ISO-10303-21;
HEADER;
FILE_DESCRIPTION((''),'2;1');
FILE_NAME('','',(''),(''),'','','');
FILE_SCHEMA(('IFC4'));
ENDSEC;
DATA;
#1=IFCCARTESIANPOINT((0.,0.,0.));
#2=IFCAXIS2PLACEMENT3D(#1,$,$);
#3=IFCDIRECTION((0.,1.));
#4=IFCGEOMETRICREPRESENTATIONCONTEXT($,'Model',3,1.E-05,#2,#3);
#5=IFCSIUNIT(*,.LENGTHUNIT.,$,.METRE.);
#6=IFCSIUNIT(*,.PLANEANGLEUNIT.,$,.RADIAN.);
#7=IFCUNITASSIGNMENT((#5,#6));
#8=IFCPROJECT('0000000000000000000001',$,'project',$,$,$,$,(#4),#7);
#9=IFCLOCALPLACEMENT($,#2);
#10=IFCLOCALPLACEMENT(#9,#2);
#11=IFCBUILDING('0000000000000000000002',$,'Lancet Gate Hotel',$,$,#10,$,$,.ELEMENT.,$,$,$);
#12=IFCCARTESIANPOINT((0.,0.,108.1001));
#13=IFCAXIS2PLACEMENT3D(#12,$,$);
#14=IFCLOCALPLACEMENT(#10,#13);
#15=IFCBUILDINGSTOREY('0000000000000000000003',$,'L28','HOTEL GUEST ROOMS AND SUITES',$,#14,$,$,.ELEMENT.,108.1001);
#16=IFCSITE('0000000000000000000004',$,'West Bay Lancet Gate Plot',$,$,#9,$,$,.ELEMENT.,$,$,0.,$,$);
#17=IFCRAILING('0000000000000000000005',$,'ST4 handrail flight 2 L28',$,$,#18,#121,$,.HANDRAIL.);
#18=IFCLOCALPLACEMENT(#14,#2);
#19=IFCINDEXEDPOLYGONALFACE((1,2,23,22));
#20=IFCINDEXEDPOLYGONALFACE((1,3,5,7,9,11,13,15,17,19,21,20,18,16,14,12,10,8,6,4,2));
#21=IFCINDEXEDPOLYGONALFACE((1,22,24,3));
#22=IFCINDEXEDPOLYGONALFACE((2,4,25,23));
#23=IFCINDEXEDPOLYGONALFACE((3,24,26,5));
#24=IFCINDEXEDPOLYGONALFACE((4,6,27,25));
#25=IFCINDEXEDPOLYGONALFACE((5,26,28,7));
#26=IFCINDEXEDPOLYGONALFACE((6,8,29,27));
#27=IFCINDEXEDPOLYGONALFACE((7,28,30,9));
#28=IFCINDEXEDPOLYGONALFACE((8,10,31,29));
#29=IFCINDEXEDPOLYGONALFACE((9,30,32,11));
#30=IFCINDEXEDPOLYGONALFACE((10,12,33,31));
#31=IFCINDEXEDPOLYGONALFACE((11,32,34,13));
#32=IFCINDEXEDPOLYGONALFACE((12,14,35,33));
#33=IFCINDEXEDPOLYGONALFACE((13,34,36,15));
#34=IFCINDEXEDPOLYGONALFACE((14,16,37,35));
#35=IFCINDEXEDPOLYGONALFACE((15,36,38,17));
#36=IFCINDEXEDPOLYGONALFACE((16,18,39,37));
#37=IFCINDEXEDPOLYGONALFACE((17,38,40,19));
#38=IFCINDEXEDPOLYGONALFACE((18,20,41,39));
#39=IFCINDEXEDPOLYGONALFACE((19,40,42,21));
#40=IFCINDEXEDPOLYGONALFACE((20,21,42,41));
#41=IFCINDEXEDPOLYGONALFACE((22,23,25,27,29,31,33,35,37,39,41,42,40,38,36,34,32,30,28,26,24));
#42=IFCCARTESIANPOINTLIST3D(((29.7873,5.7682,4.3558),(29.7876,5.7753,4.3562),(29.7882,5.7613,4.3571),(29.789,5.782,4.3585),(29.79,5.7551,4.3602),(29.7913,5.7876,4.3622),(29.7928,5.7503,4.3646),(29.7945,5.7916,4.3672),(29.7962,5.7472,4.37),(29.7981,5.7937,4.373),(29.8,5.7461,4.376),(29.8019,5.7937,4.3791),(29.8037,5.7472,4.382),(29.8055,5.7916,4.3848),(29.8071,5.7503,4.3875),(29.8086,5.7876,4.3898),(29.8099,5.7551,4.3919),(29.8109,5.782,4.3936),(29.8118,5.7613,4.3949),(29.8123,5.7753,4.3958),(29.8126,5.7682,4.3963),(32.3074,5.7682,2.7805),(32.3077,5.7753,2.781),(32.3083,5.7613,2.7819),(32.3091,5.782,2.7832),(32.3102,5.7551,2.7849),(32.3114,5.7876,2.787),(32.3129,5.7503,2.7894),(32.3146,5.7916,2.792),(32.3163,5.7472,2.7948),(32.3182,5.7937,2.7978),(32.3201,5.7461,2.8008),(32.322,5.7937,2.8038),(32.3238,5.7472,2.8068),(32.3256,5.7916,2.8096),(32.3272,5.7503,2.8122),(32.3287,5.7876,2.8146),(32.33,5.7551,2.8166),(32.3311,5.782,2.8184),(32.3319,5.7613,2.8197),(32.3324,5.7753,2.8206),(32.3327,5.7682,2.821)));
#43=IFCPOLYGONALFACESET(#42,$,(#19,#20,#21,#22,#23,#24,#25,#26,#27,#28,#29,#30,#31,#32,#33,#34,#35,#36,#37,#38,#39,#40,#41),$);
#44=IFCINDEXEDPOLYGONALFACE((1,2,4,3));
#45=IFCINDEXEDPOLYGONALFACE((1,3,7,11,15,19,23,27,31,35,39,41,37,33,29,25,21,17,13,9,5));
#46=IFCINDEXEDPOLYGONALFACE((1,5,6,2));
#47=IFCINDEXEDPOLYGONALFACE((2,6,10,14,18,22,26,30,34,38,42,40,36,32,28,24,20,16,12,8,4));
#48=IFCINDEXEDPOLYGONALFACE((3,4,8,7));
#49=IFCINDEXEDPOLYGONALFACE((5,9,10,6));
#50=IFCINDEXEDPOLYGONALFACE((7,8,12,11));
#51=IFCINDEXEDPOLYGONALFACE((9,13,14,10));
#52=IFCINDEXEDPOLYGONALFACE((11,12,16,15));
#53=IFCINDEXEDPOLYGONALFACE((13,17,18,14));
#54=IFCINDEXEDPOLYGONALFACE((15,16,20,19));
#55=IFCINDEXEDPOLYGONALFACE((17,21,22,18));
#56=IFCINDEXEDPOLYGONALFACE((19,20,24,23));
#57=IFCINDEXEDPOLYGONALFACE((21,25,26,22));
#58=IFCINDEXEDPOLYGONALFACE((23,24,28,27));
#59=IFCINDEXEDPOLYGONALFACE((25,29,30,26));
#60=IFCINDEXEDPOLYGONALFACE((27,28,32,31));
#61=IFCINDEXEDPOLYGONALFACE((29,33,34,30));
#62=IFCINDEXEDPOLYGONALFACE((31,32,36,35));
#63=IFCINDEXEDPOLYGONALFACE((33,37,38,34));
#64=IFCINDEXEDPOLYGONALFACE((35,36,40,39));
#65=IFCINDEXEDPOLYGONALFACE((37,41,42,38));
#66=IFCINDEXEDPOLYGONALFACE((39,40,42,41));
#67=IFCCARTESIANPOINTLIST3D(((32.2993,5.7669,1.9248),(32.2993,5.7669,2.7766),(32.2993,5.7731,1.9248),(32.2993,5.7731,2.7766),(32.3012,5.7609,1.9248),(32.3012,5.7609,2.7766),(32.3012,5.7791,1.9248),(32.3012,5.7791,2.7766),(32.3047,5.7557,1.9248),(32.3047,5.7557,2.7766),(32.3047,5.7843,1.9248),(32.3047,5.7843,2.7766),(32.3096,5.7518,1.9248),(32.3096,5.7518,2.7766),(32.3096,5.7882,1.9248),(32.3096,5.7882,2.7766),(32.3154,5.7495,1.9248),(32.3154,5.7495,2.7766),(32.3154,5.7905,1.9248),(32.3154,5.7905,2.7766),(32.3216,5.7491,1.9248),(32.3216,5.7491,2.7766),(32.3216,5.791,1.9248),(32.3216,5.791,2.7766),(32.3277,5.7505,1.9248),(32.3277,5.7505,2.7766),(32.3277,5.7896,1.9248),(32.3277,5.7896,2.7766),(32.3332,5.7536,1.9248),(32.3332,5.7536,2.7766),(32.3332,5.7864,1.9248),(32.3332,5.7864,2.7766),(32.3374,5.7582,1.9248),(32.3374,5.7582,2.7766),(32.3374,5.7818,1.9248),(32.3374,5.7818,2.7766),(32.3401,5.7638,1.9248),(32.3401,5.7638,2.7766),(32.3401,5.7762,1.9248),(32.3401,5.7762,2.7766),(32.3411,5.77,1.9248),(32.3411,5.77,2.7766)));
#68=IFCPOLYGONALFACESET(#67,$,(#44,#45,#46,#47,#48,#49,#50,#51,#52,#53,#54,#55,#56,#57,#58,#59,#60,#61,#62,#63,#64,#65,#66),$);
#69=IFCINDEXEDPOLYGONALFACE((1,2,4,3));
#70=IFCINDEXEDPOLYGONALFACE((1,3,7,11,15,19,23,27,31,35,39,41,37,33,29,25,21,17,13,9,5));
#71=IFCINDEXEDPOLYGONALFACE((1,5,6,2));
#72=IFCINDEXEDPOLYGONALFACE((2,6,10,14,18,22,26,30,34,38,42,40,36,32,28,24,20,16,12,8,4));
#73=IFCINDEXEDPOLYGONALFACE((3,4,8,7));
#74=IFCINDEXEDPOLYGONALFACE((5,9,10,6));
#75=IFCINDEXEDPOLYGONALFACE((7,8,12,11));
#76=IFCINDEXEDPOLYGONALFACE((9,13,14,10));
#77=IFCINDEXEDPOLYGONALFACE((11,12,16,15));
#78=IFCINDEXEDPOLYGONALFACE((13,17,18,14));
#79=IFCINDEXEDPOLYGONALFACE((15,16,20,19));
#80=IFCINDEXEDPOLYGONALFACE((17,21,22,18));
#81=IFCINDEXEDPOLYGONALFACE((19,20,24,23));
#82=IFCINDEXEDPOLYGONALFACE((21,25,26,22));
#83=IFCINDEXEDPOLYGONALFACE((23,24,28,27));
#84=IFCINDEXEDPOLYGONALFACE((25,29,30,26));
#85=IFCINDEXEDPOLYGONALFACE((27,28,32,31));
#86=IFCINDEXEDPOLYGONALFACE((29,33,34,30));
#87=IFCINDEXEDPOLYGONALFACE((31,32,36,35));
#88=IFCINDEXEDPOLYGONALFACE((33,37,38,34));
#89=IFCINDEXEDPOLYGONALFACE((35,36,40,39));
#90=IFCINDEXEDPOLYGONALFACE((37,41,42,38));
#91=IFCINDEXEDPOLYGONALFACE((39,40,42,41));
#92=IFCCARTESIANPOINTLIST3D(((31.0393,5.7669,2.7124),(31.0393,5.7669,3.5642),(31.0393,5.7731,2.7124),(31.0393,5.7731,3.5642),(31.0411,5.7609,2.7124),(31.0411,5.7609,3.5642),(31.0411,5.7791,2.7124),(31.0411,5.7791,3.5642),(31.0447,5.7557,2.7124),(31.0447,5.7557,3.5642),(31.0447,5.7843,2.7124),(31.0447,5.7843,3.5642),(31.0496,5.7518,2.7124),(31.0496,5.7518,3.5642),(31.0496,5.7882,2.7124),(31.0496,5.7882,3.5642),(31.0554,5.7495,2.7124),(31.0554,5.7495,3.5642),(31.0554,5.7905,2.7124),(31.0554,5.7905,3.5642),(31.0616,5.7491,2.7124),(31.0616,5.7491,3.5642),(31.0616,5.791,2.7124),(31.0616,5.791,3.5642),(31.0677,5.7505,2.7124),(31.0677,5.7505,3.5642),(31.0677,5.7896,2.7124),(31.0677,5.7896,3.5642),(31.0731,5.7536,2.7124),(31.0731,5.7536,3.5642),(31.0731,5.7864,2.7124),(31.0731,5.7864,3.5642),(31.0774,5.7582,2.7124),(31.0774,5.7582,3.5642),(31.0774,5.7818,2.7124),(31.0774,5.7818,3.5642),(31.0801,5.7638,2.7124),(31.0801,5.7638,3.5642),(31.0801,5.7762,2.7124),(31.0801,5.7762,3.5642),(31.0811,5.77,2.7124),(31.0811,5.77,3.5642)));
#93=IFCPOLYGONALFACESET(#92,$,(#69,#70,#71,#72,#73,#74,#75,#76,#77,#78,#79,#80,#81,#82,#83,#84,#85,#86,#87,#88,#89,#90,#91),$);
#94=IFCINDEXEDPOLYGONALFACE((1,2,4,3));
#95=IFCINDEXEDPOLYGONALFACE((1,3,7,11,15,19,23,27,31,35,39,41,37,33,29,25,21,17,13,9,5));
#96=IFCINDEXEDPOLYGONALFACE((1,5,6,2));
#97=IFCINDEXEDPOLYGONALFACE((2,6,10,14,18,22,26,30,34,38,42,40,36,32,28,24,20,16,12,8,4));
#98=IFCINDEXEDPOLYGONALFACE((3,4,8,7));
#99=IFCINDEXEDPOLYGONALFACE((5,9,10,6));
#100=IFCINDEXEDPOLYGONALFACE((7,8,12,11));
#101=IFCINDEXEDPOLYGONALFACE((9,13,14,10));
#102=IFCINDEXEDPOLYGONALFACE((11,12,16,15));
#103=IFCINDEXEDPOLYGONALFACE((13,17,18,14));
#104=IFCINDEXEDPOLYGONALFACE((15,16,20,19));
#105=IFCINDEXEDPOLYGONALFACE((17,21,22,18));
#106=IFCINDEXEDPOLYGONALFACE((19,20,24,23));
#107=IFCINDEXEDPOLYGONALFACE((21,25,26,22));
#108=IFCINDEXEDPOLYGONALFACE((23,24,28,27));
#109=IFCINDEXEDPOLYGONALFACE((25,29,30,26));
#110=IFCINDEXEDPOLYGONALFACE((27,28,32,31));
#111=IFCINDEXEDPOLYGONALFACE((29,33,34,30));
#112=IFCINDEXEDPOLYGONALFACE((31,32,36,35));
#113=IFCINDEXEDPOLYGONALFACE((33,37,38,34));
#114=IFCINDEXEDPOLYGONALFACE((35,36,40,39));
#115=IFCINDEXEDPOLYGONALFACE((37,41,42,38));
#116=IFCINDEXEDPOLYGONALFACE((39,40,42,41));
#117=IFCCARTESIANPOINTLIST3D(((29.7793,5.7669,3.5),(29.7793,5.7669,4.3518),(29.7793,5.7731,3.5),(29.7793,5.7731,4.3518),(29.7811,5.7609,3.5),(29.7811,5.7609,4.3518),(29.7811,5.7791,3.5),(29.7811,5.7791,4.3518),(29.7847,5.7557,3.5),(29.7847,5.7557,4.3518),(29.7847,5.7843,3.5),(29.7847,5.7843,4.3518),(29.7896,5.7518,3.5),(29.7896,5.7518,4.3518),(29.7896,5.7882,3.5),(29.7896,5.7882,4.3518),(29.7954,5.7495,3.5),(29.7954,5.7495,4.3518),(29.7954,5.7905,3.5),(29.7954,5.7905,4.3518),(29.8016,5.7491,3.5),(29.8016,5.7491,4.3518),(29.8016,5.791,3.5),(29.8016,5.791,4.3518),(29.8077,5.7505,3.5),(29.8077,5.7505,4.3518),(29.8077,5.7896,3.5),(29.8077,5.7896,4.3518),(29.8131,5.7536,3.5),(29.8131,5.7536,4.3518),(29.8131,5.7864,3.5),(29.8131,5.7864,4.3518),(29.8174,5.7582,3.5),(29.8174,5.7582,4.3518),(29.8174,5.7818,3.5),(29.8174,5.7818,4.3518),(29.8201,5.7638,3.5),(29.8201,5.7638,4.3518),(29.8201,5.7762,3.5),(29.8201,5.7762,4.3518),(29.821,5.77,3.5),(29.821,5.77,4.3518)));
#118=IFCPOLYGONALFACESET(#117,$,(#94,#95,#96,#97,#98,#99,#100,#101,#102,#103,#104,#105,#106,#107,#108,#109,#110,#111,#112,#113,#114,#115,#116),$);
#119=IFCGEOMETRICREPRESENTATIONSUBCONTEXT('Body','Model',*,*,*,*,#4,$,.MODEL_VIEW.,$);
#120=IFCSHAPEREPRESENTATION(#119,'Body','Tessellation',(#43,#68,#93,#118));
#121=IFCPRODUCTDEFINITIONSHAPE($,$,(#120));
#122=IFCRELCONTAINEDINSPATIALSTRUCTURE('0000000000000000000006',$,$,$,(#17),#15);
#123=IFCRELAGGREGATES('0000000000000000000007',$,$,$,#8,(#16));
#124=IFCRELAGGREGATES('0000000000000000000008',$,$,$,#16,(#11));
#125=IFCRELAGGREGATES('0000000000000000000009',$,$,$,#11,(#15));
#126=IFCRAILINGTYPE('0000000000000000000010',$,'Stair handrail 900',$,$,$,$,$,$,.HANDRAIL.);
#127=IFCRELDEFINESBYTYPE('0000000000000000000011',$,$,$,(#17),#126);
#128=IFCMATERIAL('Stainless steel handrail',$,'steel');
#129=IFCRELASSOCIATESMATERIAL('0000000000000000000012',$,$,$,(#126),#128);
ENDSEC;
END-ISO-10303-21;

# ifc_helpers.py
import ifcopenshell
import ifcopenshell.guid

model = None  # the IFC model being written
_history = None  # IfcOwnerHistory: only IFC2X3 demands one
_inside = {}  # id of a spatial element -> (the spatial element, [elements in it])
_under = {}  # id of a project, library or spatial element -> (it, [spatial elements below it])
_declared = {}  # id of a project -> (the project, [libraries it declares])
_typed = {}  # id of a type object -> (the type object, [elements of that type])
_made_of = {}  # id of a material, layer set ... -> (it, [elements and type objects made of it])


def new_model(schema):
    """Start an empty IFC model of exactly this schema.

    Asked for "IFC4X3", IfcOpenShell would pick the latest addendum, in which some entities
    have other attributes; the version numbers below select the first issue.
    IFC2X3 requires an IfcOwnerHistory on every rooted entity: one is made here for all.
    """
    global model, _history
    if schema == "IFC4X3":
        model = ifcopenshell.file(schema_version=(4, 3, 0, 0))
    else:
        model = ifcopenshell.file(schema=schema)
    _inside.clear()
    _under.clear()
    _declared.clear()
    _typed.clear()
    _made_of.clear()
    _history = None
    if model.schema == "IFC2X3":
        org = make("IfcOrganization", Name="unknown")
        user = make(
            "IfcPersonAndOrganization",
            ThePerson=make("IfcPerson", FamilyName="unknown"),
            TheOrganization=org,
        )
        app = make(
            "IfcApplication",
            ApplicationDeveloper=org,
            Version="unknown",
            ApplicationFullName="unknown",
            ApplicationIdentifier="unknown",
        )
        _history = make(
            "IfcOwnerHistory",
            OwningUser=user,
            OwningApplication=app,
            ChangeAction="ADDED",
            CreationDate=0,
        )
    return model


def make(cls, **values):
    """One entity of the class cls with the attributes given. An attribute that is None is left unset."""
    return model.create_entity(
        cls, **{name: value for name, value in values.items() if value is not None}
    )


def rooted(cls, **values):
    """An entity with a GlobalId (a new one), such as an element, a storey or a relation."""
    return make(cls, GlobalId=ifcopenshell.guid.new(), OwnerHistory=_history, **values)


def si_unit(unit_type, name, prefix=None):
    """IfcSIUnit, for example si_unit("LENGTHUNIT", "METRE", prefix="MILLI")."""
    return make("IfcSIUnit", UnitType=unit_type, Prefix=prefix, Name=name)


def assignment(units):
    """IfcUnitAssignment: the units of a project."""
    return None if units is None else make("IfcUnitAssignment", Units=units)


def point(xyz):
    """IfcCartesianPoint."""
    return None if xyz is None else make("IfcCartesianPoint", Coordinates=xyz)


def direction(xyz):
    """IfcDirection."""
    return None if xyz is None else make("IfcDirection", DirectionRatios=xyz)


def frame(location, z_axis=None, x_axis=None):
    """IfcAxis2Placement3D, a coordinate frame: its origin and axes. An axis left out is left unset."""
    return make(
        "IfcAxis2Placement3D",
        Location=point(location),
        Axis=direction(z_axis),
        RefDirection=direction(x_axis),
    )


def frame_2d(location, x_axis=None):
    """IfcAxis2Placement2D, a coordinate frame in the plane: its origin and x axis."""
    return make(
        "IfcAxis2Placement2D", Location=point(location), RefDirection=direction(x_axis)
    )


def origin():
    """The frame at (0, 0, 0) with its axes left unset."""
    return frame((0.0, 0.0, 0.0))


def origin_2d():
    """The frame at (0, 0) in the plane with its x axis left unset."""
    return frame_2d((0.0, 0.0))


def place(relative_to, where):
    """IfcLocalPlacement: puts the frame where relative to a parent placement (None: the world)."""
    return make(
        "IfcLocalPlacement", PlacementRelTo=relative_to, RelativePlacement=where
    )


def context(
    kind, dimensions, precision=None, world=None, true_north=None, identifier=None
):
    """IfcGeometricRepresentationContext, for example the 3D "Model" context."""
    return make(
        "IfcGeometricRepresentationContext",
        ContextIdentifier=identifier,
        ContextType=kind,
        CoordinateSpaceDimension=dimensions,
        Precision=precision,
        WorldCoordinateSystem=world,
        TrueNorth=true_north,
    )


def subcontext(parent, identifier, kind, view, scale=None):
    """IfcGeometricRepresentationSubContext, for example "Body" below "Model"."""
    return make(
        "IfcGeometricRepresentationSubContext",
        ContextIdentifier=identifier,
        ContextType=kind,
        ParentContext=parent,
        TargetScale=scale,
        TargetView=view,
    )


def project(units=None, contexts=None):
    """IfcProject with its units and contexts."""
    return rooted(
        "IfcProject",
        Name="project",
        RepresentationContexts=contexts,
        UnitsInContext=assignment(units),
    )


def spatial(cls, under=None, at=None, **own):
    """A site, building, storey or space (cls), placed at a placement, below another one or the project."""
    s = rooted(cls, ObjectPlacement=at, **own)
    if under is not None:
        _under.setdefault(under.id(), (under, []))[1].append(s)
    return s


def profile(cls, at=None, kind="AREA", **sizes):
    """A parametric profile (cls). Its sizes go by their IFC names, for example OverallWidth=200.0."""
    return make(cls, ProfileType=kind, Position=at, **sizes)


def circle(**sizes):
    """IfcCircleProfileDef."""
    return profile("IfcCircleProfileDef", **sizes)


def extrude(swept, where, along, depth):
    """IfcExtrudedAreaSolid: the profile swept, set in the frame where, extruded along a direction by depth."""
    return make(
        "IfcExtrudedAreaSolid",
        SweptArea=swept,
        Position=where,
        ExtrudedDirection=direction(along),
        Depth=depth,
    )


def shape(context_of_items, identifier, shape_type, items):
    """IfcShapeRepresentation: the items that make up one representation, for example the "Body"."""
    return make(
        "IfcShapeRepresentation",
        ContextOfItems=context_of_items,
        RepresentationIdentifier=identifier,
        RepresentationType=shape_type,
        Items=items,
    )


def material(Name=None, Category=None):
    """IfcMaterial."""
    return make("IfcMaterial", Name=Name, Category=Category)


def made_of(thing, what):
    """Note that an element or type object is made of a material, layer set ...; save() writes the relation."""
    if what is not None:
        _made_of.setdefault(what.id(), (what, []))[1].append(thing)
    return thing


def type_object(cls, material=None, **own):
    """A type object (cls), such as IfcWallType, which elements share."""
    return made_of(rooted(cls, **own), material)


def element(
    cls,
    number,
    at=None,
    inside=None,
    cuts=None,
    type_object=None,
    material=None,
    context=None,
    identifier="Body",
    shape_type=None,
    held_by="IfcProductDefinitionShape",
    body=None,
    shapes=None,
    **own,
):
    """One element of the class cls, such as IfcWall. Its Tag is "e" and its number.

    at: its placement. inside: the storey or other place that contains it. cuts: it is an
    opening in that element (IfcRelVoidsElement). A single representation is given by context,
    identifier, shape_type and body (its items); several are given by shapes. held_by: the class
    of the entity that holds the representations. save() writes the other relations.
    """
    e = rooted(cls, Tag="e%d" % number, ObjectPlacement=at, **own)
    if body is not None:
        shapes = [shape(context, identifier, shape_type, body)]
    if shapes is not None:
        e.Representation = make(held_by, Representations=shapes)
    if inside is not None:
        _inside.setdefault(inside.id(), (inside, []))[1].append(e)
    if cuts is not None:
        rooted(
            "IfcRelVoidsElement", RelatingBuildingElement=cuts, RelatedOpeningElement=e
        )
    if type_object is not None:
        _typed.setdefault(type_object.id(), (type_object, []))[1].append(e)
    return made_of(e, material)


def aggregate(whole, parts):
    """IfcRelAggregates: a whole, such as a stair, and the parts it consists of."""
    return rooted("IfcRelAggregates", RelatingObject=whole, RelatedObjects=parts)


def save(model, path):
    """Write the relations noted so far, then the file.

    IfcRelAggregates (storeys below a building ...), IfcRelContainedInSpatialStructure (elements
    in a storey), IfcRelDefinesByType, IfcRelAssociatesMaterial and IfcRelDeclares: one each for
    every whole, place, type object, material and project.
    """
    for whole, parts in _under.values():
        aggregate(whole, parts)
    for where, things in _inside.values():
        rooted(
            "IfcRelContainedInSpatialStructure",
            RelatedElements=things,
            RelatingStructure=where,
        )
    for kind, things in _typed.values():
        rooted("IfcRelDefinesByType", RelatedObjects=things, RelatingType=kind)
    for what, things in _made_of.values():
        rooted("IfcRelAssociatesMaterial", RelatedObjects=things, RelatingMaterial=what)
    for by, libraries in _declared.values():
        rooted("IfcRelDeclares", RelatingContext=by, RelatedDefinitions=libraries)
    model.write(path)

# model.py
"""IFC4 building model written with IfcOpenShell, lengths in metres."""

from ifc_helpers import new_model, si_unit, direction, frame, origin, origin_2d, place, context, subcontext, project, spatial, circle, extrude, material, type_object, element, save


model = new_model("IFC4")

# Units and contexts
model_context = context("Model", 3, precision=1e-05, world=origin(), true_north=direction((0.0, 1.0)))
body_context = subcontext(model_context, "Body", "Model", "MODEL_VIEW")
ifc_project = project(units=[si_unit("LENGTHUNIT", "METRE"), si_unit("PLANEANGLEUNIT", "RADIAN")], contexts=[model_context])

# Site, building, storey
site_placement = place(None, origin())
site = spatial("IfcSite", under=ifc_project, at=site_placement, Name="West Bay Lancet Gate Plot", CompositionType="ELEMENT", RefElevation=0.0)
building_placement = place(site_placement, origin())
building = spatial("IfcBuilding", under=site, at=building_placement, Name="Lancet Gate Hotel", CompositionType="ELEMENT")
storey_placement = place(building_placement, frame((0.0, 0.0, 108.1001)))
storey = spatial("IfcBuildingStorey", under=building, at=storey_placement, Name="L28", Description="HOTEL GUEST ROOMS AND SUITES", CompositionType="ELEMENT", Elevation=108.1001)

# Railing
ifc_material_1 = material(Name="Stainless steel handrail", Category="steel")
railing_type = type_object("IfcRailingType", Name="Stair handrail 900", PredefinedType="HANDRAIL", material=ifc_material_1)
railing_1_placement = place(storey_placement, frame((32.3201, 5.77, 1.9248)))
element("IfcRailing", 1, at=railing_1_placement, inside=storey, type_object=railing_type, Name="ST4 handrail flight 2 L28", PredefinedType="HANDRAIL", context=body_context, shape_type="SweptSolid", body=[
    extrude(circle(Radius=0.0239, at=origin_2d()), frame((0.0, 0.0, 0.876), z_axis=(-0.847971, 0.0, 0.530043), x_axis=(0.0, -1.0, 0.0)), (0.0, 0.0, 1.0), 2.9719),
    extrude(circle(Radius=0.021, at=origin_2d()), origin(), (0.0, 0.0, 1.0), 0.8518),
    extrude(circle(Radius=0.021, at=origin_2d()), frame((-1.26, 0.0, 0.7876)), (0.0, 0.0, 1.0), 0.8518),
    extrude(circle(Radius=0.021, at=origin_2d()), frame((-2.52, 0.0, 1.5752)), (0.0, 0.0, 1.0), 0.8518),
])

save(model, "model.ifc")
